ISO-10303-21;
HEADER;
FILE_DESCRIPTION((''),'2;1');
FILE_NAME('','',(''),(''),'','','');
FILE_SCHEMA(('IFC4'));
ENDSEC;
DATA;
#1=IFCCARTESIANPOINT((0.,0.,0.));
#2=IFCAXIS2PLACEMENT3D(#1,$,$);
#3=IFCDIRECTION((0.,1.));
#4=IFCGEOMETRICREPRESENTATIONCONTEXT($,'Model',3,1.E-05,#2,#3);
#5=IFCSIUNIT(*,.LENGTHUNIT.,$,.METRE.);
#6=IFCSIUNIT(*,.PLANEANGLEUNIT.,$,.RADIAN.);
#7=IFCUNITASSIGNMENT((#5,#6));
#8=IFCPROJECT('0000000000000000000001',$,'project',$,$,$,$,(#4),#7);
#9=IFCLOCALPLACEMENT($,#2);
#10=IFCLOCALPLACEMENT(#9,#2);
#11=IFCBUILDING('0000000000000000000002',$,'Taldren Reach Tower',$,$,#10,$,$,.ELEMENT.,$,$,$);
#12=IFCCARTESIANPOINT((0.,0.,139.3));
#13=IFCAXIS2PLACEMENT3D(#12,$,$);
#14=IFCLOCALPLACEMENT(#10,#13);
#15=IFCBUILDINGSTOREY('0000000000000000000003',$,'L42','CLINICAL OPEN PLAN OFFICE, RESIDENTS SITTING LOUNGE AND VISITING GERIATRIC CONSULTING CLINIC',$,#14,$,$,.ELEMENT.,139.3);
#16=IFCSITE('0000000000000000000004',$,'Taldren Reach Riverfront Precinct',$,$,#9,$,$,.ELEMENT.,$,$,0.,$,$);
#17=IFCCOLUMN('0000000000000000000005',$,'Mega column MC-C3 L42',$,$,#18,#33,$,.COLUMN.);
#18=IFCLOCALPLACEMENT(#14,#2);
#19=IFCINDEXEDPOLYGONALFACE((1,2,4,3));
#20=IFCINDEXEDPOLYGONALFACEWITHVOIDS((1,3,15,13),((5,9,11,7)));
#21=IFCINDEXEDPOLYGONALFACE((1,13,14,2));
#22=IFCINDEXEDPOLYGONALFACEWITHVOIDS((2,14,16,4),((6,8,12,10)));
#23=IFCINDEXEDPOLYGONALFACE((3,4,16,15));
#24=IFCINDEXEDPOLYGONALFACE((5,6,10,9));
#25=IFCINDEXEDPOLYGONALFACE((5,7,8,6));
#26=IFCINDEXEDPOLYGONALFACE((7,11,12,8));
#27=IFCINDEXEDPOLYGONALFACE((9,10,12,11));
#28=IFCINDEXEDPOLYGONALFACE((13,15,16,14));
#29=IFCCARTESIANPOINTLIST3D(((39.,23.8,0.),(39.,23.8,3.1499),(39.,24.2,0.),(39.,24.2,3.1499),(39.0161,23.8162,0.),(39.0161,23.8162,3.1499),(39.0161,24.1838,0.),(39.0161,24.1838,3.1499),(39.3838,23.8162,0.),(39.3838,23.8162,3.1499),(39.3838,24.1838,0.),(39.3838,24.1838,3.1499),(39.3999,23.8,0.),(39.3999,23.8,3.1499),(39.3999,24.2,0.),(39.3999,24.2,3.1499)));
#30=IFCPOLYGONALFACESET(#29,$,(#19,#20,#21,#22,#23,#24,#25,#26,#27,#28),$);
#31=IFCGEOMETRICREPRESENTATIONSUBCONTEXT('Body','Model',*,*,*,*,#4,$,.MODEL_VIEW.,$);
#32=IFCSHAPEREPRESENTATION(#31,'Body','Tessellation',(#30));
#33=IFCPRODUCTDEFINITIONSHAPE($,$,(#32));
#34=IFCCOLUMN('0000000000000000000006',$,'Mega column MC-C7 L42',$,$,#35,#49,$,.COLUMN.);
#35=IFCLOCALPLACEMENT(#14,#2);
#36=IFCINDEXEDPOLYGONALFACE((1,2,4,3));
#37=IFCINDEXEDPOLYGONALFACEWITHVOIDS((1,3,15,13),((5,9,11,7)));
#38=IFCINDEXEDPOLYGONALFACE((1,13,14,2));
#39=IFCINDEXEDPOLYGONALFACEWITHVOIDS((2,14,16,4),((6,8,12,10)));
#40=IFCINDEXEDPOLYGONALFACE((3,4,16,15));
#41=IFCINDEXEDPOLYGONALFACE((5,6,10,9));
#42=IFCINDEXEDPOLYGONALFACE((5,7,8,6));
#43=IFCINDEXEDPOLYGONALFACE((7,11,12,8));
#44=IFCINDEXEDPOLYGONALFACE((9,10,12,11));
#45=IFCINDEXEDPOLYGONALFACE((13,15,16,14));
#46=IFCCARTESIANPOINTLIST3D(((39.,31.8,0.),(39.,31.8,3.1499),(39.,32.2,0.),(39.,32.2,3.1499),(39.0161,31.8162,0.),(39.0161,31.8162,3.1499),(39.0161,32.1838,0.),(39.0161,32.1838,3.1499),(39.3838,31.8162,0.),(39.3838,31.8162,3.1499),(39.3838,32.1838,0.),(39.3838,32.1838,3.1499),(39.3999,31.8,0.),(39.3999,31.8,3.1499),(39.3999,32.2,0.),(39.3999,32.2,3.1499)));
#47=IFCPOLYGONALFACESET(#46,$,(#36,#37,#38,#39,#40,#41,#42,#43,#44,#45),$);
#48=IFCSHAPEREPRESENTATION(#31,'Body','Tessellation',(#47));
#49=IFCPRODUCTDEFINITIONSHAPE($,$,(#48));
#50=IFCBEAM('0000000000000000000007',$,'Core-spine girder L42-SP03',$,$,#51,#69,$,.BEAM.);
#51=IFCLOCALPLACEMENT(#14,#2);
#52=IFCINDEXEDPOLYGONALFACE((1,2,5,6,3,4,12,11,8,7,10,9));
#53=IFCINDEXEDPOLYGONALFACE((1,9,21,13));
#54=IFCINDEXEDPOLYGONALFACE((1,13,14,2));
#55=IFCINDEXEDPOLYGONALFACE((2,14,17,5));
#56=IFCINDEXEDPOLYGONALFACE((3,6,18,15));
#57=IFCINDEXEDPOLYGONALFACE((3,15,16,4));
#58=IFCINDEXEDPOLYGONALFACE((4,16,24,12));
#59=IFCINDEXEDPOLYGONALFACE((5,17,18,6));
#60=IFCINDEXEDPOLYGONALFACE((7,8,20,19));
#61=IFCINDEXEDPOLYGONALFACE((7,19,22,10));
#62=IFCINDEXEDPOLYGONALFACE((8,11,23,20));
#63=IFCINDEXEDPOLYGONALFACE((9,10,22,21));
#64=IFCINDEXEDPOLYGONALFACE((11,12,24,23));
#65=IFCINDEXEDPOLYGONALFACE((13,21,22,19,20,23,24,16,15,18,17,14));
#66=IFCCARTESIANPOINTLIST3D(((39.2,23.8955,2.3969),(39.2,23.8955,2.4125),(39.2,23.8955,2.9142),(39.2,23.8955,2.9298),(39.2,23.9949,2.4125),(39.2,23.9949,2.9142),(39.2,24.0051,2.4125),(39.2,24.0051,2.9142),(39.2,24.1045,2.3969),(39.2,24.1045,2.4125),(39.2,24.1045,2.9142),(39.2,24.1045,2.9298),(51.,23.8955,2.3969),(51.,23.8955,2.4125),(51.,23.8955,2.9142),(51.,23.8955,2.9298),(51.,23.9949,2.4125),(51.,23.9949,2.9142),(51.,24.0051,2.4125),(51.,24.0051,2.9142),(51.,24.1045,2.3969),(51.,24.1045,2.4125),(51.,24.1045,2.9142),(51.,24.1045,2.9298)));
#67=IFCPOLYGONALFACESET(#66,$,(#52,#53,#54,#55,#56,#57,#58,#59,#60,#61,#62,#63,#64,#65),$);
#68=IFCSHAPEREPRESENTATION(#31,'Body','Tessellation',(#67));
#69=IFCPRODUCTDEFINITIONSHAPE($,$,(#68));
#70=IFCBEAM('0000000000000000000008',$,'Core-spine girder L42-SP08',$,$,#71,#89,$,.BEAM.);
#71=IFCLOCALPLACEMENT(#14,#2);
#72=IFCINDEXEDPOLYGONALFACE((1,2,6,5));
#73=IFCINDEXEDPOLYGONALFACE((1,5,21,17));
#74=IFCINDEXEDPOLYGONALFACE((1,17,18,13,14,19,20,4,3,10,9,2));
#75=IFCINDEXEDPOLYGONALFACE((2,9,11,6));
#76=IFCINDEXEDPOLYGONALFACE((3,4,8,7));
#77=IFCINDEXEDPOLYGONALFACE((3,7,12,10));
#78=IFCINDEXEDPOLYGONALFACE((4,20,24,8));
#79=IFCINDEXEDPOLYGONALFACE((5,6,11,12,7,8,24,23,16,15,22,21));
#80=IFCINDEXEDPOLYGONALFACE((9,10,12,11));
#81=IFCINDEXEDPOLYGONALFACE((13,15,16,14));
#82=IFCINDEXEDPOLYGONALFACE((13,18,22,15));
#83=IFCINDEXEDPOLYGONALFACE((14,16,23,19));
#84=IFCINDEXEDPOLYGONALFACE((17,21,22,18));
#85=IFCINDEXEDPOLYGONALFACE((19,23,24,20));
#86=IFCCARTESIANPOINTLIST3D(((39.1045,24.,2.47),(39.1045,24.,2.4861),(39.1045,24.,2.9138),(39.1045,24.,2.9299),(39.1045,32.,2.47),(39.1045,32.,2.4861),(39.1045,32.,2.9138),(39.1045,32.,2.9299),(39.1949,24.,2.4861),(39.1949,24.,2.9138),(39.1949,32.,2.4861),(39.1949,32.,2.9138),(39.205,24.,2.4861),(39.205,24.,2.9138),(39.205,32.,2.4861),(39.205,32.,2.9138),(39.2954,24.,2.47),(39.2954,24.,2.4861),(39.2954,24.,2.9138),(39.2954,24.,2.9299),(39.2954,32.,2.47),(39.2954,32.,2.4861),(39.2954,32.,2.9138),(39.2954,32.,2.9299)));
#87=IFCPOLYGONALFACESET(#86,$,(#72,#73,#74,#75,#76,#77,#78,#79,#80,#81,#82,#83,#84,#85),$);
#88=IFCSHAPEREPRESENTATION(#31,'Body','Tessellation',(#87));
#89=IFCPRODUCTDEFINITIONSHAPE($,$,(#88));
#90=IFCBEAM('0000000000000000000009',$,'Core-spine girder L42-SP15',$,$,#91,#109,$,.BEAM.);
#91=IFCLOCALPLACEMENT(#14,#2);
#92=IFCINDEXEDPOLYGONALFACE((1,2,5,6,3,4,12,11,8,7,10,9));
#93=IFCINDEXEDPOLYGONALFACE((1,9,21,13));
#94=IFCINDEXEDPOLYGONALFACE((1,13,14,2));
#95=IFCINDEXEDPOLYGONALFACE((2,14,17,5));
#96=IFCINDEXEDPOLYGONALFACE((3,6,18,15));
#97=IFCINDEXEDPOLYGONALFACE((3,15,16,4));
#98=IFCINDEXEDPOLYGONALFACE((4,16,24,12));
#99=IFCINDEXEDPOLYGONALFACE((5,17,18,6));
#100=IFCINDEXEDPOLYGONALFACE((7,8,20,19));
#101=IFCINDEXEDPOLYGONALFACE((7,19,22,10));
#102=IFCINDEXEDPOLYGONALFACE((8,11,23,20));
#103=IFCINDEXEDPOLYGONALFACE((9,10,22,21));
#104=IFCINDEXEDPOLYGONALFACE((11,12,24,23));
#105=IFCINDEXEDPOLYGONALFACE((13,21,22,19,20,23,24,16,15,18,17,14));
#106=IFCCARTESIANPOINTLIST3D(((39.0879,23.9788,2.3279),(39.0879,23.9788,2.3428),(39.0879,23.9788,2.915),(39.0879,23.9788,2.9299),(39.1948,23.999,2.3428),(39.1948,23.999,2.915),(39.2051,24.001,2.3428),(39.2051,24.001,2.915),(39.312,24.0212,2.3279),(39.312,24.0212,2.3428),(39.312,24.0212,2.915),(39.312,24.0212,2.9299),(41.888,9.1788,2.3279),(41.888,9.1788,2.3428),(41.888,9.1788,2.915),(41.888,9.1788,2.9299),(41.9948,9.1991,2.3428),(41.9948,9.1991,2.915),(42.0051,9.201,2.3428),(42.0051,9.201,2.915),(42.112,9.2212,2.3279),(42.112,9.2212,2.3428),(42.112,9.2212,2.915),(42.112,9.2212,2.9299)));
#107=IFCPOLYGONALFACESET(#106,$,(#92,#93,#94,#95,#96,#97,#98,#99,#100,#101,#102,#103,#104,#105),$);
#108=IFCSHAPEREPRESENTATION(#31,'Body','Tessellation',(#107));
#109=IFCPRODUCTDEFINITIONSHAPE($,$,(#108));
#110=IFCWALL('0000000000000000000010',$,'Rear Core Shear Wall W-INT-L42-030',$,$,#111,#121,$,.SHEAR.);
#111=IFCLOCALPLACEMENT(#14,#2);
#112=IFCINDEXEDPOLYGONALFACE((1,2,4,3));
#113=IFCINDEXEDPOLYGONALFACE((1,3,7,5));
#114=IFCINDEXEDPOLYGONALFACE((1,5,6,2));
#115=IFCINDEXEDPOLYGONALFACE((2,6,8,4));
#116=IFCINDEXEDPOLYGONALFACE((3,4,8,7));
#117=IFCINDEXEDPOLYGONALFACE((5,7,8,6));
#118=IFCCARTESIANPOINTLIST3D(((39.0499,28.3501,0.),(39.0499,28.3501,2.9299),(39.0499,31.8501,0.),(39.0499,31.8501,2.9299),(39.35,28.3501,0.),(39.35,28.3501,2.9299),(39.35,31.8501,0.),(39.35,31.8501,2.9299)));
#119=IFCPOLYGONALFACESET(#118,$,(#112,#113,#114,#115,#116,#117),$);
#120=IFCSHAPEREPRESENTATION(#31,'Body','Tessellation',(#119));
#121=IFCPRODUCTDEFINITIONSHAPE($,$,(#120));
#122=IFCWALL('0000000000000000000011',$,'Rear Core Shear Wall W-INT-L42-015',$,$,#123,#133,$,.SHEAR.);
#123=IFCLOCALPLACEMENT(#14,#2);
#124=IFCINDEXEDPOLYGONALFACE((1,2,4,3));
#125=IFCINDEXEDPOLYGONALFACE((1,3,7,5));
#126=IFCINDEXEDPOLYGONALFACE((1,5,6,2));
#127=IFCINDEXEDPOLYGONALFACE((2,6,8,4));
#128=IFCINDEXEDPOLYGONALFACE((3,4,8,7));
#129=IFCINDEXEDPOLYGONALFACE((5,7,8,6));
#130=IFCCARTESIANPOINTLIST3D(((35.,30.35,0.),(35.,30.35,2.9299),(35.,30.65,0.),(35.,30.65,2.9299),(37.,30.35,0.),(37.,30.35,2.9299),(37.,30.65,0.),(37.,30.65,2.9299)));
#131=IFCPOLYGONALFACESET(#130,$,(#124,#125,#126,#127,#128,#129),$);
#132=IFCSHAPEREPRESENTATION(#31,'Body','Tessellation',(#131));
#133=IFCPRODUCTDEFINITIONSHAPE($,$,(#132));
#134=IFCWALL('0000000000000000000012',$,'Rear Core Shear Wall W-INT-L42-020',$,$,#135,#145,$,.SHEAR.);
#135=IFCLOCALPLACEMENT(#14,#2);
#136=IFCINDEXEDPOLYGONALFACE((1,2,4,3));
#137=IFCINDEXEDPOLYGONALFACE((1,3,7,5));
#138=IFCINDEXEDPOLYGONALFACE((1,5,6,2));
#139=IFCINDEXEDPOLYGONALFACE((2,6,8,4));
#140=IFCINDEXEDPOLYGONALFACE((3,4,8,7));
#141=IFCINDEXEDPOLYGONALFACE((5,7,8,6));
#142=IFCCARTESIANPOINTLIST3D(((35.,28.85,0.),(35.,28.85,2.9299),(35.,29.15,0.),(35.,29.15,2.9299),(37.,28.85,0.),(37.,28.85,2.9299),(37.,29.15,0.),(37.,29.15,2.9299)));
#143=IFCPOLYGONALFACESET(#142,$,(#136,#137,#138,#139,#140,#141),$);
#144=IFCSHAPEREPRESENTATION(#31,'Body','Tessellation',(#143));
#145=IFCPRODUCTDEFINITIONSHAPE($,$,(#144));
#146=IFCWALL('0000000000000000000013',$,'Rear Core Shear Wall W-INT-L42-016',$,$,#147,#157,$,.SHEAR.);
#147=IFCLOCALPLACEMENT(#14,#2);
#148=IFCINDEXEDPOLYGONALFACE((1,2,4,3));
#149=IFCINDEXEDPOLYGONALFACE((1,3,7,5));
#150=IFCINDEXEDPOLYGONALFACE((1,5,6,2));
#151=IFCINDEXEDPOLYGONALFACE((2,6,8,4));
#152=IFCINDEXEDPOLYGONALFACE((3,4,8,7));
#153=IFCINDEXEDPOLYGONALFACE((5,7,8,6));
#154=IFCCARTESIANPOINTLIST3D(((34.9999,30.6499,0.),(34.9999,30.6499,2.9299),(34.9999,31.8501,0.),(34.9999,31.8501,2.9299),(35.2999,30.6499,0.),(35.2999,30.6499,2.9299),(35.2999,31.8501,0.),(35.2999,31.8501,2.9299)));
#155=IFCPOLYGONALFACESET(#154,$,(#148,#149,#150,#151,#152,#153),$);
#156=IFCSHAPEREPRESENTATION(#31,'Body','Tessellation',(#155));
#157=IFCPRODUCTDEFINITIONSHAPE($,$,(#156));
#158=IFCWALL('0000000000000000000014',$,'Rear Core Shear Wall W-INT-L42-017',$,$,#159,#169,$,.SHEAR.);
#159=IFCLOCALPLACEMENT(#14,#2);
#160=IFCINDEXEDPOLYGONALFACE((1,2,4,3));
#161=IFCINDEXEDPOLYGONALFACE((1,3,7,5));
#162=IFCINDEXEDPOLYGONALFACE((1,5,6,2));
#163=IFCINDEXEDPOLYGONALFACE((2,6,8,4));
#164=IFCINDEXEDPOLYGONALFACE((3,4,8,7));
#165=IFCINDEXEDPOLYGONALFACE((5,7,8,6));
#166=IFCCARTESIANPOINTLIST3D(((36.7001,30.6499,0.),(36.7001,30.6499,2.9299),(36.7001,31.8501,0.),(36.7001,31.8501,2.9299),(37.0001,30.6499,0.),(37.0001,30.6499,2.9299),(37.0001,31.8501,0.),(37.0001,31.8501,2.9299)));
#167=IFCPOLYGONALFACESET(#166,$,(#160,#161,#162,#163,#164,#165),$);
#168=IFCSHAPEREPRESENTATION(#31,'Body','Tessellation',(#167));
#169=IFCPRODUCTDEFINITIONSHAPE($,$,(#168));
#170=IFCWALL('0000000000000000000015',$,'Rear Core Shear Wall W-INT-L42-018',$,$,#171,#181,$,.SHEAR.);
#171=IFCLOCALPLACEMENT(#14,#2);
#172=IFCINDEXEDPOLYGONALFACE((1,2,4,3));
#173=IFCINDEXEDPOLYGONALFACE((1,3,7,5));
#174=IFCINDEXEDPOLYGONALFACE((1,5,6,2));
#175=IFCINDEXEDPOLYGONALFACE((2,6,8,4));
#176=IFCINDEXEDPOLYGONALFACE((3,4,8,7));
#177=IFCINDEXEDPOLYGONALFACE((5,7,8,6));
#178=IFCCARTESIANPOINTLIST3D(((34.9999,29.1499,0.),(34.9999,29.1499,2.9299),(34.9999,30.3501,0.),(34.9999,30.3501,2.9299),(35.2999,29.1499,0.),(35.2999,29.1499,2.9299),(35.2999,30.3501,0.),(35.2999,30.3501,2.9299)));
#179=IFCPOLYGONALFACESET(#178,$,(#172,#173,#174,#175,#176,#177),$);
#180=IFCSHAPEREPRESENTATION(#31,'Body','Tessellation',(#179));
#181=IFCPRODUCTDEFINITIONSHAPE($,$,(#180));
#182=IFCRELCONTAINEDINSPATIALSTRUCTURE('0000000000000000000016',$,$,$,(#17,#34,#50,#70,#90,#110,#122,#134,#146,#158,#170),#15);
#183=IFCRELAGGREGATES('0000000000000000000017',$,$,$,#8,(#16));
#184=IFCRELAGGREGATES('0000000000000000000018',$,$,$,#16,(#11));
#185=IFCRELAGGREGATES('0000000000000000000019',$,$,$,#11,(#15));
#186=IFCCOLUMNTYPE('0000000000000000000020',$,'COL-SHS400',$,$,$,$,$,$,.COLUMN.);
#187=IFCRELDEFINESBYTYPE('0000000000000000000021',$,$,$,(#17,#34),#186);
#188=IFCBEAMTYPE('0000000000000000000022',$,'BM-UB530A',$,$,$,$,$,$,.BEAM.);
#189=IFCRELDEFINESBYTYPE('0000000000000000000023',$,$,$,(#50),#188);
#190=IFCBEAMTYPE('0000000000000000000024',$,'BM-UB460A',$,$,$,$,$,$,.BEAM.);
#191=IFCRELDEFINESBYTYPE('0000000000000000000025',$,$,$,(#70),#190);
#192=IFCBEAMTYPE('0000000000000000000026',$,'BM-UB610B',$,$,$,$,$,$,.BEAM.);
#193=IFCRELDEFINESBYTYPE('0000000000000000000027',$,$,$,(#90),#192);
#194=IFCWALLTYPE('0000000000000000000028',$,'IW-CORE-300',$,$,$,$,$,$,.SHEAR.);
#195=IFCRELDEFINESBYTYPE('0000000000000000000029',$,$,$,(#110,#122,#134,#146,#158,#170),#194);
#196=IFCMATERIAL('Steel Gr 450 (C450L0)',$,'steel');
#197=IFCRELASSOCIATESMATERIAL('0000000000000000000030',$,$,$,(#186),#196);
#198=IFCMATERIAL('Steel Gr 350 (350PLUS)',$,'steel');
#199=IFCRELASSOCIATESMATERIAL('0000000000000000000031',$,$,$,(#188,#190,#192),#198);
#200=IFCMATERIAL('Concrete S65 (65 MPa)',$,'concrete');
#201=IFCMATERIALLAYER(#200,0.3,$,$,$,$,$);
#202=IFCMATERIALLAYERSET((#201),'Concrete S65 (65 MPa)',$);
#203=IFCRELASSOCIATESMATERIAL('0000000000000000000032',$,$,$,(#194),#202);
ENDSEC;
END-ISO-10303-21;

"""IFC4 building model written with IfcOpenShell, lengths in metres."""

from ifc_helpers import new_model, si_unit, direction, frame, frame_2d, origin, origin_2d, place, context, subcontext, project, spatial, rectangle, hollow_rectangle, i_section, extrude, source, transform, mapped, material, layer, layer_set, material_profile, profile_set, type_object, element, save


model = new_model("IFC4")

# Units and contexts
model_context = context("Model", 3, precision=1e-05, world=origin(), true_north=direction((0.0, 1.0)))
body_context = subcontext(model_context, "Body", "Model", "MODEL_VIEW")
ifc_project = project(units=[si_unit("LENGTHUNIT", "METRE"), si_unit("PLANEANGLEUNIT", "RADIAN")], contexts=[model_context])

# Site, building, storey
site_placement = place(None, origin())
site = spatial("IfcSite", under=ifc_project, at=site_placement, Name="Taldren Reach Riverfront Precinct", CompositionType="ELEMENT", RefElevation=0.0)
building_placement = place(site_placement, origin())
building = spatial("IfcBuilding", under=site, at=building_placement, Name="Taldren Reach Tower", CompositionType="ELEMENT")
storey_placement = place(building_placement, frame((0.0, 0.0, 139.3)))
storey = spatial("IfcBuildingStorey", under=building, at=storey_placement, Name="L42", Description="CLINICAL OPEN PLAN OFFICE, RESIDENTS SITTING LOUNGE AND VISITING GERIATRIC CONSULTING CLINIC", CompositionType="ELEMENT", Elevation=139.3)

# Columns
ifc_material_1 = material(Name="Steel Gr 450 (C450L0)", Category="steel")
ifc_material_profile_1 = material_profile(ifc_material_1, hollow_rectangle(XDim=0.3999, YDim=0.3999, WallThickness=0.0161, at=origin_2d()), Name="400x400x16.0SHS")
ifc_profile_set_1 = profile_set([ifc_material_profile_1], Name="Steel Gr 450 (C450L0)")
column_type = type_object("IfcColumnType", Name="COL-SHS400", PredefinedType="COLUMN", material=ifc_profile_set_1)
shared_shape_1 = source(origin(), body_context, "Body", "SweptSolid", [
    extrude(hollow_rectangle(XDim=0.3999, YDim=0.3999, WallThickness=0.0161, at=origin_2d()), origin(), (0.0, 0.0, 1.0), 3.1499),
])
for number, where, z_axis, x_axis, name in (
    (1, (39.2, 24.0, 0.0), (0.0, 0.0, 1.0), (1.0, 0.0, 0.0), "Mega column MC-C3 L42"),
    (2, (39.2, 32.0, 0.0), (0.0, 0.0, 1.0), (1.0, 0.0, 0.0), "Mega column MC-C7 L42"),
):
    element("IfcColumn", number, at=place(storey_placement, frame(where, z_axis=z_axis, x_axis=x_axis)), inside=storey, type_object=column_type, Name=name, PredefinedType="COLUMN", context=body_context, shape_type="MappedRepresentation", body=[
        mapped(shared_shape_1, transform((0.0, 0.0, 0.0), scale=1.0)),
    ])

# Beams
ifc_material_2 = material(Name="Steel Gr 350 (350PLUS)", Category="steel")
ifc_material_profile_2 = material_profile(ifc_material_2, i_section(OverallWidth=0.209, OverallDepth=0.533, WebThickness=0.0103, FlangeThickness=0.0156, at=origin_2d()), Name="530UB92.4")
ifc_profile_set_2 = profile_set([ifc_material_profile_2], Name="Steel Gr 350 (350PLUS)")
beam_type_1 = type_object("IfcBeamType", Name="BM-UB530A", PredefinedType="BEAM", material=ifc_profile_set_2)
shared_shape_2 = source(origin(), body_context, "Body", "SweptSolid", [
    extrude(i_section(OverallWidth=0.209, OverallDepth=0.533, WebThickness=0.0103, FlangeThickness=0.0156, at=origin_2d()), origin(), (0.0, 0.0, 1.0), 11.8),
])
beam_1_placement = place(storey_placement, frame((39.2, 24.0, 2.6633), z_axis=(1.0, 0.0, 0.0), x_axis=(0.0, 1.0, 0.0)))
element("IfcBeam", 3, at=beam_1_placement, inside=storey, type_object=beam_type_1, Name="Core-spine girder L42-SP03", PredefinedType="BEAM", context=body_context, shape_type="MappedRepresentation", body=[
    mapped(shared_shape_2, transform((0.0, 0.0, 0.0), scale=1.0)),
])
ifc_material_profile_3 = material_profile(ifc_material_2, i_section(OverallWidth=0.1909, OverallDepth=0.46, WebThickness=0.01, FlangeThickness=0.0161, at=origin_2d()), Name="460UB82.1")
ifc_profile_set_3 = profile_set([ifc_material_profile_3], Name="Steel Gr 350 (350PLUS)")
beam_type_2 = type_object("IfcBeamType", Name="BM-UB460A", PredefinedType="BEAM", material=ifc_profile_set_3)
shared_shape_3 = source(origin(), body_context, "Body", "SweptSolid", [
    extrude(i_section(OverallWidth=0.1909, OverallDepth=0.46, WebThickness=0.01, FlangeThickness=0.0161, at=origin_2d()), origin(), (0.0, 0.0, 1.0), 8.0),
])
beam_2_placement = place(storey_placement, frame((39.2, 24.0, 2.7), z_axis=(0.0, 1.0, 0.0), x_axis=(-1.0, 0.0, 0.0)))
element("IfcBeam", 4, at=beam_2_placement, inside=storey, type_object=beam_type_2, Name="Core-spine girder L42-SP08", PredefinedType="BEAM", context=body_context, shape_type="MappedRepresentation", body=[
    mapped(shared_shape_3, transform((0.0, 0.0, 0.0), scale=1.0)),
])
ifc_material_profile_4 = material_profile(ifc_material_2, i_section(OverallWidth=0.228, OverallDepth=0.6021, WebThickness=0.0105, FlangeThickness=0.0149, at=origin_2d()), Name="610UB101")
ifc_profile_set_4 = profile_set([ifc_material_profile_4], Name="Steel Gr 350 (350PLUS)")
beam_type_3 = type_object("IfcBeamType", Name="BM-UB610B", PredefinedType="BEAM", material=ifc_profile_set_4)
shared_shape_4 = source(origin(), body_context, "Body", "SweptSolid", [
    extrude(i_section(OverallWidth=0.228, OverallDepth=0.6021, WebThickness=0.0105, FlangeThickness=0.0149, at=origin_2d()), origin(), (0.0, 0.0, 1.0), 15.0625),
])
beam_3_placement = place(storey_placement, frame((39.2, 24.0, 2.6289), z_axis=(0.185894, -0.98257, 0.0), x_axis=(0.98257, 0.185894, 0.0)))
element("IfcBeam", 5, at=beam_3_placement, inside=storey, type_object=beam_type_3, Name="Core-spine girder L42-SP15", PredefinedType="BEAM", context=body_context, shape_type="MappedRepresentation", body=[
    mapped(shared_shape_4, transform((0.0, 0.0, 0.0), scale=1.0)),
])

# Walls
ifc_material_3 = material(Name="Concrete S65 (65 MPa)", Category="concrete")
ifc_layer_1 = layer(ifc_material_3, 0.3)
ifc_layer_set_1 = layer_set([ifc_layer_1], Name="Concrete S65 (65 MPa)")
wall_type_1 = type_object("IfcWallType", Name="IW-CORE-300", PredefinedType="SHEAR", material=ifc_layer_set_1)
shared_shape_5 = source(origin(), body_context, "Body", "SweptSolid", [
    extrude(rectangle(XDim=3.5, YDim=0.3, at=frame_2d((1.75, 0.0))), origin(), (0.0, 0.0, 1.0), 2.9299),
])
wall_1_placement = place(storey_placement, frame((39.2, 28.3501, 0.0), z_axis=(0.0, 0.0, 1.0), x_axis=(0.0, 1.0, 0.0)))
element("IfcWall", 6, at=wall_1_placement, inside=storey, type_object=wall_type_1, Name="Rear Core Shear Wall W-INT-L42-030", PredefinedType="SHEAR", context=body_context, shape_type="MappedRepresentation", body=[
    mapped(shared_shape_5, transform((0.0, 0.0, 0.0), scale=1.0)),
])
shared_shape_6 = source(origin(), body_context, "Body", "SweptSolid", [
    extrude(rectangle(XDim=2.0, YDim=0.3, at=frame_2d((1.0, 0.0))), origin(), (0.0, 0.0, 1.0), 2.9299),
])
for number, where, z_axis, x_axis, name in (
    (7, (35.0, 30.5, 0.0), (0.0, 0.0, 1.0), (1.0, 0.0, 0.0), "Rear Core Shear Wall W-INT-L42-015"),
    (8, (35.0, 29.0, 0.0), (0.0, 0.0, 1.0), (1.0, 0.0, 0.0), "Rear Core Shear Wall W-INT-L42-020"),
):
    element("IfcWall", number, at=place(storey_placement, frame(where, z_axis=z_axis, x_axis=x_axis)), inside=storey, type_object=wall_type_1, Name=name, PredefinedType="SHEAR", context=body_context, shape_type="MappedRepresentation", body=[
        mapped(shared_shape_6, transform((0.0, 0.0, 0.0), scale=1.0)),
    ])
shared_shape_7 = source(origin(), body_context, "Body", "SweptSolid", [
    extrude(rectangle(XDim=1.2002, YDim=0.3, at=frame_2d((0.6001, 0.0))), origin(), (0.0, 0.0, 1.0), 2.9299),
])
for number, where, z_axis, x_axis, name in (
    (9, (35.1499, 31.8501, 0.0), (0.0, 0.0, 1.0), (0.0, -1.0, 0.0), "Rear Core Shear Wall W-INT-L42-016"),
    (10, (36.8501, 30.6499, 0.0), (0.0, 0.0, 1.0), (0.0, 1.0, 0.0), "Rear Core Shear Wall W-INT-L42-017"),
    (11, (35.1499, 30.3501, 0.0), (0.0, 0.0, 1.0), (0.0, -1.0, 0.0), "Rear Core Shear Wall W-INT-L42-018"),
):
    element("IfcWall", number, at=place(storey_placement, frame(where, z_axis=z_axis, x_axis=x_axis)), inside=storey, type_object=wall_type_1, Name=name, PredefinedType="SHEAR", context=body_context, shape_type="MappedRepresentation", body=[
        mapped(shared_shape_7, transform((0.0, 0.0, 0.0), scale=1.0)),
    ])

save(model, "model.ifc")
